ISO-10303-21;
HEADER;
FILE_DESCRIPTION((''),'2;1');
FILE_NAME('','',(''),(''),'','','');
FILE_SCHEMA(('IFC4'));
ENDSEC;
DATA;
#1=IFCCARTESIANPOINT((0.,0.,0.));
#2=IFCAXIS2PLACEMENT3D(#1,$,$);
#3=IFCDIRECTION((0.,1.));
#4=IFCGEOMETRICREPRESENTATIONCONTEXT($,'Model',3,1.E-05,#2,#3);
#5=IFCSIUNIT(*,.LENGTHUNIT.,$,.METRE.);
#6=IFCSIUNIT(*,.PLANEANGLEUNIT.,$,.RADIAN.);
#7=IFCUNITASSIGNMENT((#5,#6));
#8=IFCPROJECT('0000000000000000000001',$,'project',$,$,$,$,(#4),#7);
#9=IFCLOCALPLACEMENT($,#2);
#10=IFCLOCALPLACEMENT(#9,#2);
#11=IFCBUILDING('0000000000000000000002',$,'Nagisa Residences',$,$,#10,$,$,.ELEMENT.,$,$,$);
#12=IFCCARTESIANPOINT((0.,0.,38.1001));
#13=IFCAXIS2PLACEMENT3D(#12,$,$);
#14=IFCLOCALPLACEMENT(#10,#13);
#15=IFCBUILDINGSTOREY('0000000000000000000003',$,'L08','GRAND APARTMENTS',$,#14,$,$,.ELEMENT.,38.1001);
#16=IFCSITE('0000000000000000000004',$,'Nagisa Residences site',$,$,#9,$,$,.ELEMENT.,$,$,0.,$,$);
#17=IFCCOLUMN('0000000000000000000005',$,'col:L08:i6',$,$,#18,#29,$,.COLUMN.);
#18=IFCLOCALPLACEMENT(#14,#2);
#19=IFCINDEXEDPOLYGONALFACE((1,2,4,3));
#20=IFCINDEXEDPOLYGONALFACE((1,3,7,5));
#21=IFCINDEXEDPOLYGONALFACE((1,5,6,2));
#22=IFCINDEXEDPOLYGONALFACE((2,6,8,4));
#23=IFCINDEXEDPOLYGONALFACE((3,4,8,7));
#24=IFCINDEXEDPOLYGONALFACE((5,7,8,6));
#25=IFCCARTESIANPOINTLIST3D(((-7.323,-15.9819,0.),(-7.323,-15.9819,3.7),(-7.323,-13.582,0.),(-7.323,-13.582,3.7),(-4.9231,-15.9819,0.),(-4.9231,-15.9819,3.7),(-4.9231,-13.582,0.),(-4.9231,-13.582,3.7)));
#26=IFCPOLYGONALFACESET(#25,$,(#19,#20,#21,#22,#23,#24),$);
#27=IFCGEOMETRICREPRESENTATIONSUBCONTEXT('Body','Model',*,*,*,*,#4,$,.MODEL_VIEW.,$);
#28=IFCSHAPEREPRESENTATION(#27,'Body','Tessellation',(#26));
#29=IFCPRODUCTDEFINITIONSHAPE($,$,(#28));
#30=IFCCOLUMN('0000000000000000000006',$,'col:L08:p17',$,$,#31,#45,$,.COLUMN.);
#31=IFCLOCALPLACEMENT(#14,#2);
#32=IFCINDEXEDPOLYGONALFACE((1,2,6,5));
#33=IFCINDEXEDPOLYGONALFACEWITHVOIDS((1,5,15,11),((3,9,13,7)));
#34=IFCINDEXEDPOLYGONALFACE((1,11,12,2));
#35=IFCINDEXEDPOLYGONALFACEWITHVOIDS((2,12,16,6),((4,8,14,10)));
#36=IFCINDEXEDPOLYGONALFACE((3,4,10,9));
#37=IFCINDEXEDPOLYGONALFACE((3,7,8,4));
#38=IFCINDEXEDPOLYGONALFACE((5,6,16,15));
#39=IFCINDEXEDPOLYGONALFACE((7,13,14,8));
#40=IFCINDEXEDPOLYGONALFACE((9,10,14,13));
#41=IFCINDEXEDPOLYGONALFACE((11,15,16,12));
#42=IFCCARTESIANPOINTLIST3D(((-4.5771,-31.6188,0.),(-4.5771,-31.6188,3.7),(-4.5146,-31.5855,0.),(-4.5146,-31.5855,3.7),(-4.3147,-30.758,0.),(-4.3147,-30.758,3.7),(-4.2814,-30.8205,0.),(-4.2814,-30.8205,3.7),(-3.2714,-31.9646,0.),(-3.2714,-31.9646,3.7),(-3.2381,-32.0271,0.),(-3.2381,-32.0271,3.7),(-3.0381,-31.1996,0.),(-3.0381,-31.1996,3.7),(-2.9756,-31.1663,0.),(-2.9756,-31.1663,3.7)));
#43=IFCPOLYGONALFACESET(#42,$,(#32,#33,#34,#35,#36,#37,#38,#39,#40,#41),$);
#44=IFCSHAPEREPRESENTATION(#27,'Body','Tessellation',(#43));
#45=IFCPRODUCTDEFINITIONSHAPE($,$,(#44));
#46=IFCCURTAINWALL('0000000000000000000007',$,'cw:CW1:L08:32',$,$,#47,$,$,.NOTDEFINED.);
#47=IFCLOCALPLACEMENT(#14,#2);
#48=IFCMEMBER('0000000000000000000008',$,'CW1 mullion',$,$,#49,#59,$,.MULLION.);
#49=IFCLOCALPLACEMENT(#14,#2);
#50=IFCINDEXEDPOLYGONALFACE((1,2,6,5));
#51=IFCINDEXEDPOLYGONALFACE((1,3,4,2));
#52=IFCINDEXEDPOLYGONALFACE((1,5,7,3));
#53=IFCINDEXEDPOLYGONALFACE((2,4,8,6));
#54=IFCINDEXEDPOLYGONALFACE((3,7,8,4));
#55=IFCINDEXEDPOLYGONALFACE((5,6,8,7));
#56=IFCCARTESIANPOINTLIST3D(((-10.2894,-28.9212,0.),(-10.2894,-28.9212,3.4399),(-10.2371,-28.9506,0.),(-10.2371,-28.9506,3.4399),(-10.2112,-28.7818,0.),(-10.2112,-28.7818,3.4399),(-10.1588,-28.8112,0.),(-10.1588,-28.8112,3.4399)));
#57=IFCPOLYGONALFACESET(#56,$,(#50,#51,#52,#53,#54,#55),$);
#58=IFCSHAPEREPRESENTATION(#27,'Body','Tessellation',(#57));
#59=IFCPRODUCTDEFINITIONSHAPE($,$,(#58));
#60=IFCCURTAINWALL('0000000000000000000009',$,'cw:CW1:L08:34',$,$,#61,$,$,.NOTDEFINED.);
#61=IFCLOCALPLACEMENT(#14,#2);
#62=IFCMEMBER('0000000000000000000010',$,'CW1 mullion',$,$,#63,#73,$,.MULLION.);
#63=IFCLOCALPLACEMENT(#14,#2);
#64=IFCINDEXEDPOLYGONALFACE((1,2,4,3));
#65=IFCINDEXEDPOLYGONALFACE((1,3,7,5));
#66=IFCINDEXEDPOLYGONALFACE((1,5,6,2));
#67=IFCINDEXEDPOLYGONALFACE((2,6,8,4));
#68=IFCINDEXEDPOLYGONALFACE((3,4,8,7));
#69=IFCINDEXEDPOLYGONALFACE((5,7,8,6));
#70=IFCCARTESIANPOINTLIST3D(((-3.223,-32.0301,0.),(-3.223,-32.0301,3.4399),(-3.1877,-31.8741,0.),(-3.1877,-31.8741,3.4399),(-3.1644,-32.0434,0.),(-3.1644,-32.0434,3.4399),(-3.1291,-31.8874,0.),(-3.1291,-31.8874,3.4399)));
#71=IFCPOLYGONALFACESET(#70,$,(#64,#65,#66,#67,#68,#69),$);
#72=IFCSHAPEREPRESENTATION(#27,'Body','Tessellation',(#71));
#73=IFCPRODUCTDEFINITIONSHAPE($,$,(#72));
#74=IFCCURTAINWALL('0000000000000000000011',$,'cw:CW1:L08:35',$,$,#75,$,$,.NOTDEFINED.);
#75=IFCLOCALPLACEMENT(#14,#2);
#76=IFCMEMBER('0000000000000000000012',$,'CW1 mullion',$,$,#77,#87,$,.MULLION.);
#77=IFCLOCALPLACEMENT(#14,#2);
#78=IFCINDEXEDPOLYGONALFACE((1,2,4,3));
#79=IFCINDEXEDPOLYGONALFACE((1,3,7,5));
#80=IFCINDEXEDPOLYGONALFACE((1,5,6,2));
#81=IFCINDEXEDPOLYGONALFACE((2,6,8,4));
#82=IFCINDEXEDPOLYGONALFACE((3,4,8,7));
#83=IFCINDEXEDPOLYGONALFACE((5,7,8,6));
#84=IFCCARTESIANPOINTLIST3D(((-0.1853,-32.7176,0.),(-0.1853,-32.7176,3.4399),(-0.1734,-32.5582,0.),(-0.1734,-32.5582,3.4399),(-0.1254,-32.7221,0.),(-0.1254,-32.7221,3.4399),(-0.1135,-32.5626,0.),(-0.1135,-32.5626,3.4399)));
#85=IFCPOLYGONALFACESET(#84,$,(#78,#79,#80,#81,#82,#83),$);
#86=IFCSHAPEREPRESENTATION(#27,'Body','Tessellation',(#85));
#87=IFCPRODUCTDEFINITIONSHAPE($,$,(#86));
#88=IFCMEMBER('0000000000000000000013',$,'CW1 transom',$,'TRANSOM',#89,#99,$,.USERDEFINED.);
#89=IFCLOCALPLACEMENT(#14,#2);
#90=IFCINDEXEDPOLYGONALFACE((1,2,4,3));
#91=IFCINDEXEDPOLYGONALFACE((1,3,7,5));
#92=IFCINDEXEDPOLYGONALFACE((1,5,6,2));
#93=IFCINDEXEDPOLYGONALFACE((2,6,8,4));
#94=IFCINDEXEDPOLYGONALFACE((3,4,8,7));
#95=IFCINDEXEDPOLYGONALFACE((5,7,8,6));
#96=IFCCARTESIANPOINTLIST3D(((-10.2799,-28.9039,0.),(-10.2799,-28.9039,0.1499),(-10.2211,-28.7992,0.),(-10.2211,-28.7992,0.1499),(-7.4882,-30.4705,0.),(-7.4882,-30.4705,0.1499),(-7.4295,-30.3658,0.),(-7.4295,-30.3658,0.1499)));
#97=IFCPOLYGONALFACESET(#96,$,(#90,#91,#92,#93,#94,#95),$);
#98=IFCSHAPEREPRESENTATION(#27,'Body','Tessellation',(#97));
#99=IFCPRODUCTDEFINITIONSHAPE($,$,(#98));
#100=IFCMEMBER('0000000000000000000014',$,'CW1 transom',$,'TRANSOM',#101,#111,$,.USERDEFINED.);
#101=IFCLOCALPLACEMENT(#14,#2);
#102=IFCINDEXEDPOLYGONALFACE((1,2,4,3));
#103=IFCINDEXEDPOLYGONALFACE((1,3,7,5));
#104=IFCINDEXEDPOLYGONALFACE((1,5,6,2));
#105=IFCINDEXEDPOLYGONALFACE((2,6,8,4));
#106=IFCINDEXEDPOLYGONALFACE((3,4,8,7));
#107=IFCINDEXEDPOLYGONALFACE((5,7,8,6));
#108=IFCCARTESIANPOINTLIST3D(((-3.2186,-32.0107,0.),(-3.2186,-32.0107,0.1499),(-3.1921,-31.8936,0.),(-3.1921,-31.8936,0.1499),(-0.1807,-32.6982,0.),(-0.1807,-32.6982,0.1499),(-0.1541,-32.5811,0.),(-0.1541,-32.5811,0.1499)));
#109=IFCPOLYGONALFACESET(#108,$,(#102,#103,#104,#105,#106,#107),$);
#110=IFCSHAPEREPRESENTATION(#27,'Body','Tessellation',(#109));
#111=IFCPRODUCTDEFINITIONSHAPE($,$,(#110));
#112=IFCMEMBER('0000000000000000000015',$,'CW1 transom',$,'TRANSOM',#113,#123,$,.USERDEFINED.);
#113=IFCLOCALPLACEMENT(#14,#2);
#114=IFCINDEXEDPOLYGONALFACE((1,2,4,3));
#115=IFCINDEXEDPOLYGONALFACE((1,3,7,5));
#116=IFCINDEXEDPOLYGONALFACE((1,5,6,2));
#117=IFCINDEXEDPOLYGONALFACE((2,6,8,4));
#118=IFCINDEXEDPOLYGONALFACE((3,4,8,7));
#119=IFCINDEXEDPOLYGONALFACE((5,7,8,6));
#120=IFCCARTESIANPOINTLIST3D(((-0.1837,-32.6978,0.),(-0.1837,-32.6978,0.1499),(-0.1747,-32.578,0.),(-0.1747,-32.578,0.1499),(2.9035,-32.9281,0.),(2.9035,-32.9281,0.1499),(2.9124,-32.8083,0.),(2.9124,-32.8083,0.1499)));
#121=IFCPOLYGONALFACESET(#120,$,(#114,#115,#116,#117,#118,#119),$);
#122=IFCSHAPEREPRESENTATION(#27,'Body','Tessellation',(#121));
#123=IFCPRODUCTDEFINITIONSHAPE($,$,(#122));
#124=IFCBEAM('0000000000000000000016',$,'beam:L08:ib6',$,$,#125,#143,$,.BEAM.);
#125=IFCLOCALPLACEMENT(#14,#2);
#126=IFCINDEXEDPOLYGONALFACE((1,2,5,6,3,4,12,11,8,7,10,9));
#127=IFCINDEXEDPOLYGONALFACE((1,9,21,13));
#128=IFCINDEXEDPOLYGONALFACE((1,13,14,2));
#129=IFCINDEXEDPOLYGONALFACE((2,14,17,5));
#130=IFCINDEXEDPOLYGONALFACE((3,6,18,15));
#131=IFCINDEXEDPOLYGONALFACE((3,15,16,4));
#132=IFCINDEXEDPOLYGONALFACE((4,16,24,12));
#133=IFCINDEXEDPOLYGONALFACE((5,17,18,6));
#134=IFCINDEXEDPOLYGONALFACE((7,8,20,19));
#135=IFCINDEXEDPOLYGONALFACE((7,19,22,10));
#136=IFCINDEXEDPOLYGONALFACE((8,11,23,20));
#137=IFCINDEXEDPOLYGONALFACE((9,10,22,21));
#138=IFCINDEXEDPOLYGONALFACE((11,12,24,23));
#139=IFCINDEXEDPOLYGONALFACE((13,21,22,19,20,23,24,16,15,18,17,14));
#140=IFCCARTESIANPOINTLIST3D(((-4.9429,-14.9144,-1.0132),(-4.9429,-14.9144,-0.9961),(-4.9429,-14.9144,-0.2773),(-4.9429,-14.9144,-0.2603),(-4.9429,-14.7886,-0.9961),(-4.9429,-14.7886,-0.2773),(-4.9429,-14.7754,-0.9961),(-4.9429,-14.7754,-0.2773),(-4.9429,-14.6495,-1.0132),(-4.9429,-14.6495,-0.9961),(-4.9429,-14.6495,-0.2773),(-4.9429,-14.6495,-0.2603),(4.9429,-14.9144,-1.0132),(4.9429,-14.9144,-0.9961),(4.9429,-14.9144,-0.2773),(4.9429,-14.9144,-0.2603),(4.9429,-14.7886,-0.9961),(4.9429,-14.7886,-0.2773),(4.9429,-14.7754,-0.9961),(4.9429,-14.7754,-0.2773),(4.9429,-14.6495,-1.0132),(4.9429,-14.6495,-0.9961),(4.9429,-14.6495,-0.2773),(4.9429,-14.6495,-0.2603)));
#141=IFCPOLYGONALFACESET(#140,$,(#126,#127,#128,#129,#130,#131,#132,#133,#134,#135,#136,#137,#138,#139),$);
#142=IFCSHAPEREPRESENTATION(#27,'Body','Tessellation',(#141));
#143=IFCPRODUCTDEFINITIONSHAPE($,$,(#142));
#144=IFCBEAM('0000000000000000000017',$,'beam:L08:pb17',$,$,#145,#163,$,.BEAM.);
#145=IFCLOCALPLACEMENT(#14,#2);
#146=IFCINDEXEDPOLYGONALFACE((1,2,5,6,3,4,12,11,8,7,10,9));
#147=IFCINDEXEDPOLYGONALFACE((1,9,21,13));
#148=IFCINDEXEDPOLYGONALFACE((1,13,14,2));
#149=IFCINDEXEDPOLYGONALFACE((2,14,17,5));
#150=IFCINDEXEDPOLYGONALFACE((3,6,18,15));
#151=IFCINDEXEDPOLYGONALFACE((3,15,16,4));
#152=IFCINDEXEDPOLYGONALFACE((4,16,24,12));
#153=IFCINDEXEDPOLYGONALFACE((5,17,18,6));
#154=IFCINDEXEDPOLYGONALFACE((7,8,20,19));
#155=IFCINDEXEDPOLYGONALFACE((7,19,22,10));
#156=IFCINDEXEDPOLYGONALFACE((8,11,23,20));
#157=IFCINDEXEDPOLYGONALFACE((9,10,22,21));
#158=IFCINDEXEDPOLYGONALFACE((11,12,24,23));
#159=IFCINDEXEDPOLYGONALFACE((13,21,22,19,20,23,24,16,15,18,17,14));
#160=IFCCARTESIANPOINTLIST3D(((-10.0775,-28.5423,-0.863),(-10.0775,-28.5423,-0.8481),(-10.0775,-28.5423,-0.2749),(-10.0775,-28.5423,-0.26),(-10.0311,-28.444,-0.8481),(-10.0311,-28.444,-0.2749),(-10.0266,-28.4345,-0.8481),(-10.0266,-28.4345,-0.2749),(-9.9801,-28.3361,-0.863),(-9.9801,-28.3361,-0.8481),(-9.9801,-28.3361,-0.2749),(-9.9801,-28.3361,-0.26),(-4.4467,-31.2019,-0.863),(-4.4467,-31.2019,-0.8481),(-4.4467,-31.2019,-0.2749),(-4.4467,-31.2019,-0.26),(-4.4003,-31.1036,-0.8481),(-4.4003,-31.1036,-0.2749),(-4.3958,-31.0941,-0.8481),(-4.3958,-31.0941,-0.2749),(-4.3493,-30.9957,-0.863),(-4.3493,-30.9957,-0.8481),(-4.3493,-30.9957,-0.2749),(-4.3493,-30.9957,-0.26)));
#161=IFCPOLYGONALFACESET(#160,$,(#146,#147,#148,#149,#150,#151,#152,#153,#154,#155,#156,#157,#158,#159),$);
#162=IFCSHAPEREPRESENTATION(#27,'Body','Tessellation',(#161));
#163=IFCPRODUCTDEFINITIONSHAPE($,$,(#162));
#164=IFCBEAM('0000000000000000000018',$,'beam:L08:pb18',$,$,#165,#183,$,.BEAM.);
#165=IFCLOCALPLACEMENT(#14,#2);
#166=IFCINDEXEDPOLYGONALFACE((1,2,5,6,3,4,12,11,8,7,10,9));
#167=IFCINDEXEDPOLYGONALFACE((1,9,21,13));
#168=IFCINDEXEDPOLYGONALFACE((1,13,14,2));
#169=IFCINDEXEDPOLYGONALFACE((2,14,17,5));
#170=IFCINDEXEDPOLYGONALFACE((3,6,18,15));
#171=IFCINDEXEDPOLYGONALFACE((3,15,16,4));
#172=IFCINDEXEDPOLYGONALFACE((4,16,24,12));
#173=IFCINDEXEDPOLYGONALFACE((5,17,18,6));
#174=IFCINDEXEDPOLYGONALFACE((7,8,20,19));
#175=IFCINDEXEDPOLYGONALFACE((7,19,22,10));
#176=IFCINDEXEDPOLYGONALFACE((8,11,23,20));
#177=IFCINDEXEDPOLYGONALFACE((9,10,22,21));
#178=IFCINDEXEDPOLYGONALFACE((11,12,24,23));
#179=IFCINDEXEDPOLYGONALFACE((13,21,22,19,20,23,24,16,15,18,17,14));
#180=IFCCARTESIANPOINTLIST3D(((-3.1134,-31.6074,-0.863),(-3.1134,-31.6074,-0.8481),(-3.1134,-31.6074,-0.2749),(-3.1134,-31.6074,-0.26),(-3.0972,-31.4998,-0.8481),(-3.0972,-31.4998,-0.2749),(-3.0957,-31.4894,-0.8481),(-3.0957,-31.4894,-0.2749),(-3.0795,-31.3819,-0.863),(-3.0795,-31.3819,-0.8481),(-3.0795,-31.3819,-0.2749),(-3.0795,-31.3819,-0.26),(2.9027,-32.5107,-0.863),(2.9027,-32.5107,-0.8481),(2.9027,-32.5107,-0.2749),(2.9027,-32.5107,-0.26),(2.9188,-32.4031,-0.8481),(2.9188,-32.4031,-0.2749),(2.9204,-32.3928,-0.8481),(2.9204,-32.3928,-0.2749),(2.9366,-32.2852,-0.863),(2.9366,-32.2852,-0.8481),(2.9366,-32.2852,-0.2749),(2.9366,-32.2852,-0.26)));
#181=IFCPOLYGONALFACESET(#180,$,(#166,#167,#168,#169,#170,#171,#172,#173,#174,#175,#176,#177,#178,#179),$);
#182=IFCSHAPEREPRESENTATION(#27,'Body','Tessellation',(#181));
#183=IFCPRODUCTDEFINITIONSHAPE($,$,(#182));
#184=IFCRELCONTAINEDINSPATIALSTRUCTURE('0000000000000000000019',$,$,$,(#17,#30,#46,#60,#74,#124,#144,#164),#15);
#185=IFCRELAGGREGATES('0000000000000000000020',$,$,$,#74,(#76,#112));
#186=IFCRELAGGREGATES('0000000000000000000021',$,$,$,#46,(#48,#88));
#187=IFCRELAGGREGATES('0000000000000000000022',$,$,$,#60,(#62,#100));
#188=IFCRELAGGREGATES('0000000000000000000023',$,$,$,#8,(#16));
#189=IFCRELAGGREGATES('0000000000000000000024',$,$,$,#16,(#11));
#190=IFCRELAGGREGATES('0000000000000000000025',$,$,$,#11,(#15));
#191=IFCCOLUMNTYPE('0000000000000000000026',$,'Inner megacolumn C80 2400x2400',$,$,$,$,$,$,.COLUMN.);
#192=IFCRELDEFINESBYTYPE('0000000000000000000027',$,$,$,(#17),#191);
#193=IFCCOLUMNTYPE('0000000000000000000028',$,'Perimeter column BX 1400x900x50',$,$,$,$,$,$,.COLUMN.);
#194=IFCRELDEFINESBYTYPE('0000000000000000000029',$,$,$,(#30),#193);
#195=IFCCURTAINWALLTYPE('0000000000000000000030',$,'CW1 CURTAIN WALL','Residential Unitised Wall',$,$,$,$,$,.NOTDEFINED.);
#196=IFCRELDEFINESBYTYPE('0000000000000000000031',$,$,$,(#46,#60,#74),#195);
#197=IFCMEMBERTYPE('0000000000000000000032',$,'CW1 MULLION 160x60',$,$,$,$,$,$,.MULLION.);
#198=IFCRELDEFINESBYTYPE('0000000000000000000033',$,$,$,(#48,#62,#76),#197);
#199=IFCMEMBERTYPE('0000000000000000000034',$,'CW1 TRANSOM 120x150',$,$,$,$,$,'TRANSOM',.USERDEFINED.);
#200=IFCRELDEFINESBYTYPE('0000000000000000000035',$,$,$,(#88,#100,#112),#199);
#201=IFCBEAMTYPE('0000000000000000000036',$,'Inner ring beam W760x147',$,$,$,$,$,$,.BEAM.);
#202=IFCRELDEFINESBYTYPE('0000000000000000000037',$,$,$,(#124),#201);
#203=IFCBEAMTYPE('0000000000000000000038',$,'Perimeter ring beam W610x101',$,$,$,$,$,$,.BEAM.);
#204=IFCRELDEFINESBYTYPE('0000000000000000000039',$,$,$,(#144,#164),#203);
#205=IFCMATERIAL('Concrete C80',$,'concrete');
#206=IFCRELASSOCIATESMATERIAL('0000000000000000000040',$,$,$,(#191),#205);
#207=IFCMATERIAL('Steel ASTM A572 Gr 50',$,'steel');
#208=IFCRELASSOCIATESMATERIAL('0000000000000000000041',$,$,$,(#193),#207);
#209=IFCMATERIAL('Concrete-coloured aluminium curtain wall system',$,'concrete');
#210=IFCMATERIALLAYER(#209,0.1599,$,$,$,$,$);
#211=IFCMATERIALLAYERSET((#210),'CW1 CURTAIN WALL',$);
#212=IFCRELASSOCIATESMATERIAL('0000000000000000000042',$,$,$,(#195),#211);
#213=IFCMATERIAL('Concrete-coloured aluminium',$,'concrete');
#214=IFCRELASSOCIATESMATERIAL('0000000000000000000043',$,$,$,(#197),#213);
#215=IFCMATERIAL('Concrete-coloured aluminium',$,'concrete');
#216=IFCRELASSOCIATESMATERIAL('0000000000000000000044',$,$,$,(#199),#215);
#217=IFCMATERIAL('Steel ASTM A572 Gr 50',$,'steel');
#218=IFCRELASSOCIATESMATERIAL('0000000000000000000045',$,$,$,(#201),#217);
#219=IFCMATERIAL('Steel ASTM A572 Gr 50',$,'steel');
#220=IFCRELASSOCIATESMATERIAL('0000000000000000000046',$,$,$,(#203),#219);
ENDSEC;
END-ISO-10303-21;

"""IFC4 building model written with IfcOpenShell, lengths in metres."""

from ifc_helpers import new_model, si_unit, direction, frame, origin, origin_2d, place, context, subcontext, project, spatial, rectangle, hollow_rectangle, i_section, extrude, material, layer, layer_set, material_profile, profile_set, type_object, element, aggregate, save


model = new_model("IFC4")

# Units and contexts
model_context = context("Model", 3, precision=1e-05, world=origin(), true_north=direction((0.0, 1.0)))
body_context = subcontext(model_context, "Body", "Model", "MODEL_VIEW")
ifc_project = project(units=[si_unit("LENGTHUNIT", "METRE"), si_unit("PLANEANGLEUNIT", "RADIAN")], contexts=[model_context])

# Site, building, storey
site_placement = place(None, origin())
site = spatial("IfcSite", under=ifc_project, at=site_placement, Name="Nagisa Residences site", CompositionType="ELEMENT", RefElevation=0.0)
building_placement = place(site_placement, origin())
building = spatial("IfcBuilding", under=site, at=building_placement, Name="Nagisa Residences", CompositionType="ELEMENT")
storey_placement = place(building_placement, frame((0.0, 0.0, 38.1001)))
storey = spatial("IfcBuildingStorey", under=building, at=storey_placement, Name="L08", Description="GRAND APARTMENTS", CompositionType="ELEMENT", Elevation=38.1001)

# Columns
ifc_material_1 = material(Name="Concrete C80", Category="concrete")
ifc_material_profile_1 = material_profile(ifc_material_1, rectangle(XDim=2.3999, YDim=2.3999, at=origin_2d()), Name="C80 2400x2400")
ifc_profile_set_1 = profile_set([ifc_material_profile_1], Name="Concrete C80")
column_type_1 = type_object("IfcColumnType", Name="Inner megacolumn C80 2400x2400", PredefinedType="COLUMN", material=ifc_profile_set_1)
column_1_placement = place(storey_placement, frame((-6.123, -14.782, 0.0), z_axis=(0.0, 0.0, 1.0), x_axis=(1.0, 0.0, 0.0)))
element("IfcColumn", 1, at=column_1_placement, inside=storey, type_object=column_type_1, Name="col:L08:i6", PredefinedType="COLUMN", context=body_context, shape_type="SweptSolid", body=[
    extrude(rectangle(XDim=2.3999, YDim=2.3999, at=origin_2d()), origin(), (0.0, 0.0, 1.0), 3.7),
])
ifc_material_2 = material(Name="Steel ASTM A572 Gr 50", Category="steel")
ifc_material_profile_2 = material_profile(ifc_material_2, hollow_rectangle(XDim=1.3999, YDim=0.8999, WallThickness=0.05, at=origin_2d()), Name="BX 1400x900x50")
ifc_profile_set_2 = profile_set([ifc_material_profile_2], Name="Steel ASTM A572 Gr 50")
column_type_2 = type_object("IfcColumnType", Name="Perimeter column BX 1400x900x50", PredefinedType="COLUMN", material=ifc_profile_set_2)
column_2_placement = place(storey_placement, frame((-3.7764, -31.3926, 0.0), z_axis=(0.0, 0.0, 1.0), x_axis=(0.956525, -0.291652, 0.0)))
element("IfcColumn", 2, at=column_2_placement, inside=storey, type_object=column_type_2, Name="col:L08:p17", PredefinedType="COLUMN", context=body_context, shape_type="SweptSolid", body=[
    extrude(hollow_rectangle(XDim=1.3999, YDim=0.8999, WallThickness=0.05, at=origin_2d()), origin(), (0.0, 0.0, 1.0), 3.7),
])

# Curtain walls, members
ifc_material_3 = material(Name="Concrete-coloured aluminium curtain wall system", Category="concrete")
ifc_layer_1 = layer(ifc_material_3, 0.1599)
ifc_layer_set_1 = layer_set([ifc_layer_1], Name="CW1 CURTAIN WALL")
curtain_wall_type = type_object("IfcCurtainWallType", Name="CW1 CURTAIN WALL", Description="Residential Unitised Wall", PredefinedType="NOTDEFINED", material=ifc_layer_set_1)
curtain_wall_1_placement = place(storey_placement, origin())
curtain_wall_1 = element("IfcCurtainWall", 3, at=curtain_wall_1_placement, inside=storey, type_object=curtain_wall_type, Name="cw:CW1:L08:32", PredefinedType="NOTDEFINED")
ifc_material_4 = material(Name="Concrete-coloured aluminium", Category="concrete")
ifc_material_profile_3 = material_profile(ifc_material_4, rectangle(XDim=0.1599, YDim=0.0601, at=origin_2d()), Name="CW1 MULLION 160x60")
ifc_profile_set_3 = profile_set([ifc_material_profile_3], Name="Concrete-coloured aluminium")
member_type_1 = type_object("IfcMemberType", Name="CW1 MULLION 160x60", PredefinedType="MULLION", material=ifc_profile_set_3)
member_1_placement = place(storey_placement, frame((-10.2241, -28.8662, 0.0), z_axis=(0.0, 0.0, 1.0), x_axis=(0.489377, 0.872072, 0.0)))
member_1 = element("IfcMember", 4, at=member_1_placement, type_object=member_type_1, Name="CW1 mullion", PredefinedType="MULLION", context=body_context, shape_type="SweptSolid", body=[
    extrude(rectangle(XDim=0.1599, YDim=0.0601, at=origin_2d()), origin(), (0.0, 0.0, 1.0), 3.4399),
])
curtain_wall_2_placement = place(storey_placement, origin())
curtain_wall_2 = element("IfcCurtainWall", 5, at=curtain_wall_2_placement, inside=storey, type_object=curtain_wall_type, Name="cw:CW1:L08:34", PredefinedType="NOTDEFINED")
member_2_placement = place(storey_placement, frame((-3.176, -31.9587, 0.0), z_axis=(0.0, 0.0, 1.0), x_axis=(0.220764, 0.975327, 0.0)))
member_2 = element("IfcMember", 6, at=member_2_placement, type_object=member_type_1, Name="CW1 mullion", PredefinedType="MULLION", context=body_context, shape_type="SweptSolid", body=[
    extrude(rectangle(XDim=0.1599, YDim=0.0601, at=origin_2d()), origin(), (0.0, 0.0, 1.0), 3.4399),
])
curtain_wall_3_placement = place(storey_placement, origin())
curtain_wall_3 = element("IfcCurtainWall", 7, at=curtain_wall_3_placement, inside=storey, type_object=curtain_wall_type, Name="cw:CW1:L08:35", PredefinedType="NOTDEFINED")
member_3_placement = place(storey_placement, frame((-0.1494, -32.6401, 0.0), z_axis=(0.0, 0.0, 1.0), x_axis=(0.074377, 0.99723, 0.0)))
member_3 = element("IfcMember", 8, at=member_3_placement, type_object=member_type_1, Name="CW1 mullion", PredefinedType="MULLION", context=body_context, shape_type="SweptSolid", body=[
    extrude(rectangle(XDim=0.1599, YDim=0.0601, at=origin_2d()), origin(), (0.0, 0.0, 1.0), 3.4399),
])

# Members
ifc_material_5 = material(Name="Concrete-coloured aluminium", Category="concrete")
ifc_material_profile_4 = material_profile(ifc_material_5, rectangle(XDim=0.1201, YDim=0.1499, at=origin_2d()), Name="CW1 TRANSOM 120x150")
ifc_profile_set_4 = profile_set([ifc_material_profile_4], Name="Concrete-coloured aluminium")
member_type_2 = type_object("IfcMemberType", Name="CW1 TRANSOM 120x150", ElementType="TRANSOM", PredefinedType="USERDEFINED", material=ifc_profile_set_4)
member_4_placement = place(storey_placement, frame((-10.2505, -28.8516, 0.075), z_axis=(0.87207, -0.489381, 0.0), x_axis=(0.489381, 0.87207, 0.0)))
member_4 = element("IfcMember", 9, at=member_4_placement, type_object=member_type_2, Name="CW1 transom", ObjectType="TRANSOM", PredefinedType="USERDEFINED", context=body_context, shape_type="SweptSolid", body=[
    extrude(rectangle(XDim=0.1201, YDim=0.1499, at=origin_2d()), origin(), (0.0, 0.0, 1.0), 3.2012),
])
member_5_placement = place(storey_placement, frame((-3.2053, -31.9521, 0.075), z_axis=(0.975335, -0.22073, 0.0), x_axis=(0.22073, 0.975335, 0.0)))
member_5 = element("IfcMember", 10, at=member_5_placement, type_object=member_type_2, Name="CW1 transom", ObjectType="TRANSOM", PredefinedType="USERDEFINED", context=body_context, shape_type="SweptSolid", body=[
    extrude(rectangle(XDim=0.1201, YDim=0.1499, at=origin_2d()), origin(), (0.0, 0.0, 1.0), 3.1147),
])
member_6_placement = place(storey_placement, frame((-0.1792, -32.6379, 0.075), z_axis=(0.997231, -0.074368, 0.0), x_axis=(0.074368, 0.997231, 0.0)))
member_6 = element("IfcMember", 11, at=member_6_placement, type_object=member_type_2, Name="CW1 transom", ObjectType="TRANSOM", PredefinedType="USERDEFINED", context=body_context, shape_type="SweptSolid", body=[
    extrude(rectangle(XDim=0.1201, YDim=0.1499, at=origin_2d()), origin(), (0.0, 0.0, 1.0), 3.0957),
])
aggregate(curtain_wall_3, [member_3, member_6])

# Beams
ifc_material_6 = material(Name="Steel ASTM A572 Gr 50", Category="steel")
ifc_material_profile_5 = material_profile(ifc_material_6, i_section(OverallWidth=0.2649, OverallDepth=0.7529, WebThickness=0.0132, FlangeThickness=0.0171, at=origin_2d()), Name="W760x147")
ifc_profile_set_5 = profile_set([ifc_material_profile_5], Name="Steel ASTM A572 Gr 50")
beam_type_1 = type_object("IfcBeamType", Name="Inner ring beam W760x147", PredefinedType="BEAM", material=ifc_profile_set_5)
beam_1_placement = place(storey_placement, frame((-4.9429, -14.782, -0.6367), z_axis=(1.0, 0.0, 0.0), x_axis=(0.0, 1.0, 0.0)))
element("IfcBeam", 12, at=beam_1_placement, inside=storey, type_object=beam_type_1, Name="beam:L08:ib6", PredefinedType="BEAM", context=body_context, shape_type="SweptSolid", body=[
    extrude(i_section(OverallWidth=0.2649, OverallDepth=0.7529, WebThickness=0.0132, FlangeThickness=0.0171, at=origin_2d()), origin(), (0.0, 0.0, 1.0), 9.8857),
])
ifc_material_7 = material(Name="Steel ASTM A572 Gr 50", Category="steel")
ifc_material_profile_6 = material_profile(ifc_material_7, i_section(OverallWidth=0.228, OverallDepth=0.603, WebThickness=0.0105, FlangeThickness=0.0149, at=origin_2d()), Name="W610x101")
ifc_profile_set_6 = profile_set([ifc_material_profile_6], Name="Steel ASTM A572 Gr 50")
beam_type_2 = type_object("IfcBeamType", Name="Perimeter ring beam W610x101", PredefinedType="BEAM", material=ifc_profile_set_6)
beam_2_placement = place(storey_placement, frame((-10.0288, -28.4392, -0.5615), z_axis=(0.904208, -0.427092, 0.0), x_axis=(0.427092, 0.904208, 0.0)))
element("IfcBeam", 13, at=beam_2_placement, inside=storey, type_object=beam_type_2, Name="beam:L08:pb17", PredefinedType="BEAM", context=body_context, shape_type="SweptSolid", body=[
    extrude(i_section(OverallWidth=0.228, OverallDepth=0.603, WebThickness=0.0105, FlangeThickness=0.0149, at=origin_2d()), origin(), (0.0, 0.0, 1.0), 6.2273),
])
beam_3_placement = place(storey_placement, frame((-3.0964, -31.4946, -0.5615), z_axis=(0.988915, -0.148486, 0.0), x_axis=(0.148486, 0.988915, 0.0)))
element("IfcBeam", 14, at=beam_3_placement, inside=storey, type_object=beam_type_2, Name="beam:L08:pb18", PredefinedType="BEAM", context=body_context, shape_type="SweptSolid", body=[
    extrude(i_section(OverallWidth=0.228, OverallDepth=0.603, WebThickness=0.0105, FlangeThickness=0.0149, at=origin_2d()), origin(), (0.0, 0.0, 1.0), 6.0835),
])

aggregate(curtain_wall_1, [member_1, member_4])
aggregate(curtain_wall_2, [member_2, member_5])

save(model, "model.ifc")
